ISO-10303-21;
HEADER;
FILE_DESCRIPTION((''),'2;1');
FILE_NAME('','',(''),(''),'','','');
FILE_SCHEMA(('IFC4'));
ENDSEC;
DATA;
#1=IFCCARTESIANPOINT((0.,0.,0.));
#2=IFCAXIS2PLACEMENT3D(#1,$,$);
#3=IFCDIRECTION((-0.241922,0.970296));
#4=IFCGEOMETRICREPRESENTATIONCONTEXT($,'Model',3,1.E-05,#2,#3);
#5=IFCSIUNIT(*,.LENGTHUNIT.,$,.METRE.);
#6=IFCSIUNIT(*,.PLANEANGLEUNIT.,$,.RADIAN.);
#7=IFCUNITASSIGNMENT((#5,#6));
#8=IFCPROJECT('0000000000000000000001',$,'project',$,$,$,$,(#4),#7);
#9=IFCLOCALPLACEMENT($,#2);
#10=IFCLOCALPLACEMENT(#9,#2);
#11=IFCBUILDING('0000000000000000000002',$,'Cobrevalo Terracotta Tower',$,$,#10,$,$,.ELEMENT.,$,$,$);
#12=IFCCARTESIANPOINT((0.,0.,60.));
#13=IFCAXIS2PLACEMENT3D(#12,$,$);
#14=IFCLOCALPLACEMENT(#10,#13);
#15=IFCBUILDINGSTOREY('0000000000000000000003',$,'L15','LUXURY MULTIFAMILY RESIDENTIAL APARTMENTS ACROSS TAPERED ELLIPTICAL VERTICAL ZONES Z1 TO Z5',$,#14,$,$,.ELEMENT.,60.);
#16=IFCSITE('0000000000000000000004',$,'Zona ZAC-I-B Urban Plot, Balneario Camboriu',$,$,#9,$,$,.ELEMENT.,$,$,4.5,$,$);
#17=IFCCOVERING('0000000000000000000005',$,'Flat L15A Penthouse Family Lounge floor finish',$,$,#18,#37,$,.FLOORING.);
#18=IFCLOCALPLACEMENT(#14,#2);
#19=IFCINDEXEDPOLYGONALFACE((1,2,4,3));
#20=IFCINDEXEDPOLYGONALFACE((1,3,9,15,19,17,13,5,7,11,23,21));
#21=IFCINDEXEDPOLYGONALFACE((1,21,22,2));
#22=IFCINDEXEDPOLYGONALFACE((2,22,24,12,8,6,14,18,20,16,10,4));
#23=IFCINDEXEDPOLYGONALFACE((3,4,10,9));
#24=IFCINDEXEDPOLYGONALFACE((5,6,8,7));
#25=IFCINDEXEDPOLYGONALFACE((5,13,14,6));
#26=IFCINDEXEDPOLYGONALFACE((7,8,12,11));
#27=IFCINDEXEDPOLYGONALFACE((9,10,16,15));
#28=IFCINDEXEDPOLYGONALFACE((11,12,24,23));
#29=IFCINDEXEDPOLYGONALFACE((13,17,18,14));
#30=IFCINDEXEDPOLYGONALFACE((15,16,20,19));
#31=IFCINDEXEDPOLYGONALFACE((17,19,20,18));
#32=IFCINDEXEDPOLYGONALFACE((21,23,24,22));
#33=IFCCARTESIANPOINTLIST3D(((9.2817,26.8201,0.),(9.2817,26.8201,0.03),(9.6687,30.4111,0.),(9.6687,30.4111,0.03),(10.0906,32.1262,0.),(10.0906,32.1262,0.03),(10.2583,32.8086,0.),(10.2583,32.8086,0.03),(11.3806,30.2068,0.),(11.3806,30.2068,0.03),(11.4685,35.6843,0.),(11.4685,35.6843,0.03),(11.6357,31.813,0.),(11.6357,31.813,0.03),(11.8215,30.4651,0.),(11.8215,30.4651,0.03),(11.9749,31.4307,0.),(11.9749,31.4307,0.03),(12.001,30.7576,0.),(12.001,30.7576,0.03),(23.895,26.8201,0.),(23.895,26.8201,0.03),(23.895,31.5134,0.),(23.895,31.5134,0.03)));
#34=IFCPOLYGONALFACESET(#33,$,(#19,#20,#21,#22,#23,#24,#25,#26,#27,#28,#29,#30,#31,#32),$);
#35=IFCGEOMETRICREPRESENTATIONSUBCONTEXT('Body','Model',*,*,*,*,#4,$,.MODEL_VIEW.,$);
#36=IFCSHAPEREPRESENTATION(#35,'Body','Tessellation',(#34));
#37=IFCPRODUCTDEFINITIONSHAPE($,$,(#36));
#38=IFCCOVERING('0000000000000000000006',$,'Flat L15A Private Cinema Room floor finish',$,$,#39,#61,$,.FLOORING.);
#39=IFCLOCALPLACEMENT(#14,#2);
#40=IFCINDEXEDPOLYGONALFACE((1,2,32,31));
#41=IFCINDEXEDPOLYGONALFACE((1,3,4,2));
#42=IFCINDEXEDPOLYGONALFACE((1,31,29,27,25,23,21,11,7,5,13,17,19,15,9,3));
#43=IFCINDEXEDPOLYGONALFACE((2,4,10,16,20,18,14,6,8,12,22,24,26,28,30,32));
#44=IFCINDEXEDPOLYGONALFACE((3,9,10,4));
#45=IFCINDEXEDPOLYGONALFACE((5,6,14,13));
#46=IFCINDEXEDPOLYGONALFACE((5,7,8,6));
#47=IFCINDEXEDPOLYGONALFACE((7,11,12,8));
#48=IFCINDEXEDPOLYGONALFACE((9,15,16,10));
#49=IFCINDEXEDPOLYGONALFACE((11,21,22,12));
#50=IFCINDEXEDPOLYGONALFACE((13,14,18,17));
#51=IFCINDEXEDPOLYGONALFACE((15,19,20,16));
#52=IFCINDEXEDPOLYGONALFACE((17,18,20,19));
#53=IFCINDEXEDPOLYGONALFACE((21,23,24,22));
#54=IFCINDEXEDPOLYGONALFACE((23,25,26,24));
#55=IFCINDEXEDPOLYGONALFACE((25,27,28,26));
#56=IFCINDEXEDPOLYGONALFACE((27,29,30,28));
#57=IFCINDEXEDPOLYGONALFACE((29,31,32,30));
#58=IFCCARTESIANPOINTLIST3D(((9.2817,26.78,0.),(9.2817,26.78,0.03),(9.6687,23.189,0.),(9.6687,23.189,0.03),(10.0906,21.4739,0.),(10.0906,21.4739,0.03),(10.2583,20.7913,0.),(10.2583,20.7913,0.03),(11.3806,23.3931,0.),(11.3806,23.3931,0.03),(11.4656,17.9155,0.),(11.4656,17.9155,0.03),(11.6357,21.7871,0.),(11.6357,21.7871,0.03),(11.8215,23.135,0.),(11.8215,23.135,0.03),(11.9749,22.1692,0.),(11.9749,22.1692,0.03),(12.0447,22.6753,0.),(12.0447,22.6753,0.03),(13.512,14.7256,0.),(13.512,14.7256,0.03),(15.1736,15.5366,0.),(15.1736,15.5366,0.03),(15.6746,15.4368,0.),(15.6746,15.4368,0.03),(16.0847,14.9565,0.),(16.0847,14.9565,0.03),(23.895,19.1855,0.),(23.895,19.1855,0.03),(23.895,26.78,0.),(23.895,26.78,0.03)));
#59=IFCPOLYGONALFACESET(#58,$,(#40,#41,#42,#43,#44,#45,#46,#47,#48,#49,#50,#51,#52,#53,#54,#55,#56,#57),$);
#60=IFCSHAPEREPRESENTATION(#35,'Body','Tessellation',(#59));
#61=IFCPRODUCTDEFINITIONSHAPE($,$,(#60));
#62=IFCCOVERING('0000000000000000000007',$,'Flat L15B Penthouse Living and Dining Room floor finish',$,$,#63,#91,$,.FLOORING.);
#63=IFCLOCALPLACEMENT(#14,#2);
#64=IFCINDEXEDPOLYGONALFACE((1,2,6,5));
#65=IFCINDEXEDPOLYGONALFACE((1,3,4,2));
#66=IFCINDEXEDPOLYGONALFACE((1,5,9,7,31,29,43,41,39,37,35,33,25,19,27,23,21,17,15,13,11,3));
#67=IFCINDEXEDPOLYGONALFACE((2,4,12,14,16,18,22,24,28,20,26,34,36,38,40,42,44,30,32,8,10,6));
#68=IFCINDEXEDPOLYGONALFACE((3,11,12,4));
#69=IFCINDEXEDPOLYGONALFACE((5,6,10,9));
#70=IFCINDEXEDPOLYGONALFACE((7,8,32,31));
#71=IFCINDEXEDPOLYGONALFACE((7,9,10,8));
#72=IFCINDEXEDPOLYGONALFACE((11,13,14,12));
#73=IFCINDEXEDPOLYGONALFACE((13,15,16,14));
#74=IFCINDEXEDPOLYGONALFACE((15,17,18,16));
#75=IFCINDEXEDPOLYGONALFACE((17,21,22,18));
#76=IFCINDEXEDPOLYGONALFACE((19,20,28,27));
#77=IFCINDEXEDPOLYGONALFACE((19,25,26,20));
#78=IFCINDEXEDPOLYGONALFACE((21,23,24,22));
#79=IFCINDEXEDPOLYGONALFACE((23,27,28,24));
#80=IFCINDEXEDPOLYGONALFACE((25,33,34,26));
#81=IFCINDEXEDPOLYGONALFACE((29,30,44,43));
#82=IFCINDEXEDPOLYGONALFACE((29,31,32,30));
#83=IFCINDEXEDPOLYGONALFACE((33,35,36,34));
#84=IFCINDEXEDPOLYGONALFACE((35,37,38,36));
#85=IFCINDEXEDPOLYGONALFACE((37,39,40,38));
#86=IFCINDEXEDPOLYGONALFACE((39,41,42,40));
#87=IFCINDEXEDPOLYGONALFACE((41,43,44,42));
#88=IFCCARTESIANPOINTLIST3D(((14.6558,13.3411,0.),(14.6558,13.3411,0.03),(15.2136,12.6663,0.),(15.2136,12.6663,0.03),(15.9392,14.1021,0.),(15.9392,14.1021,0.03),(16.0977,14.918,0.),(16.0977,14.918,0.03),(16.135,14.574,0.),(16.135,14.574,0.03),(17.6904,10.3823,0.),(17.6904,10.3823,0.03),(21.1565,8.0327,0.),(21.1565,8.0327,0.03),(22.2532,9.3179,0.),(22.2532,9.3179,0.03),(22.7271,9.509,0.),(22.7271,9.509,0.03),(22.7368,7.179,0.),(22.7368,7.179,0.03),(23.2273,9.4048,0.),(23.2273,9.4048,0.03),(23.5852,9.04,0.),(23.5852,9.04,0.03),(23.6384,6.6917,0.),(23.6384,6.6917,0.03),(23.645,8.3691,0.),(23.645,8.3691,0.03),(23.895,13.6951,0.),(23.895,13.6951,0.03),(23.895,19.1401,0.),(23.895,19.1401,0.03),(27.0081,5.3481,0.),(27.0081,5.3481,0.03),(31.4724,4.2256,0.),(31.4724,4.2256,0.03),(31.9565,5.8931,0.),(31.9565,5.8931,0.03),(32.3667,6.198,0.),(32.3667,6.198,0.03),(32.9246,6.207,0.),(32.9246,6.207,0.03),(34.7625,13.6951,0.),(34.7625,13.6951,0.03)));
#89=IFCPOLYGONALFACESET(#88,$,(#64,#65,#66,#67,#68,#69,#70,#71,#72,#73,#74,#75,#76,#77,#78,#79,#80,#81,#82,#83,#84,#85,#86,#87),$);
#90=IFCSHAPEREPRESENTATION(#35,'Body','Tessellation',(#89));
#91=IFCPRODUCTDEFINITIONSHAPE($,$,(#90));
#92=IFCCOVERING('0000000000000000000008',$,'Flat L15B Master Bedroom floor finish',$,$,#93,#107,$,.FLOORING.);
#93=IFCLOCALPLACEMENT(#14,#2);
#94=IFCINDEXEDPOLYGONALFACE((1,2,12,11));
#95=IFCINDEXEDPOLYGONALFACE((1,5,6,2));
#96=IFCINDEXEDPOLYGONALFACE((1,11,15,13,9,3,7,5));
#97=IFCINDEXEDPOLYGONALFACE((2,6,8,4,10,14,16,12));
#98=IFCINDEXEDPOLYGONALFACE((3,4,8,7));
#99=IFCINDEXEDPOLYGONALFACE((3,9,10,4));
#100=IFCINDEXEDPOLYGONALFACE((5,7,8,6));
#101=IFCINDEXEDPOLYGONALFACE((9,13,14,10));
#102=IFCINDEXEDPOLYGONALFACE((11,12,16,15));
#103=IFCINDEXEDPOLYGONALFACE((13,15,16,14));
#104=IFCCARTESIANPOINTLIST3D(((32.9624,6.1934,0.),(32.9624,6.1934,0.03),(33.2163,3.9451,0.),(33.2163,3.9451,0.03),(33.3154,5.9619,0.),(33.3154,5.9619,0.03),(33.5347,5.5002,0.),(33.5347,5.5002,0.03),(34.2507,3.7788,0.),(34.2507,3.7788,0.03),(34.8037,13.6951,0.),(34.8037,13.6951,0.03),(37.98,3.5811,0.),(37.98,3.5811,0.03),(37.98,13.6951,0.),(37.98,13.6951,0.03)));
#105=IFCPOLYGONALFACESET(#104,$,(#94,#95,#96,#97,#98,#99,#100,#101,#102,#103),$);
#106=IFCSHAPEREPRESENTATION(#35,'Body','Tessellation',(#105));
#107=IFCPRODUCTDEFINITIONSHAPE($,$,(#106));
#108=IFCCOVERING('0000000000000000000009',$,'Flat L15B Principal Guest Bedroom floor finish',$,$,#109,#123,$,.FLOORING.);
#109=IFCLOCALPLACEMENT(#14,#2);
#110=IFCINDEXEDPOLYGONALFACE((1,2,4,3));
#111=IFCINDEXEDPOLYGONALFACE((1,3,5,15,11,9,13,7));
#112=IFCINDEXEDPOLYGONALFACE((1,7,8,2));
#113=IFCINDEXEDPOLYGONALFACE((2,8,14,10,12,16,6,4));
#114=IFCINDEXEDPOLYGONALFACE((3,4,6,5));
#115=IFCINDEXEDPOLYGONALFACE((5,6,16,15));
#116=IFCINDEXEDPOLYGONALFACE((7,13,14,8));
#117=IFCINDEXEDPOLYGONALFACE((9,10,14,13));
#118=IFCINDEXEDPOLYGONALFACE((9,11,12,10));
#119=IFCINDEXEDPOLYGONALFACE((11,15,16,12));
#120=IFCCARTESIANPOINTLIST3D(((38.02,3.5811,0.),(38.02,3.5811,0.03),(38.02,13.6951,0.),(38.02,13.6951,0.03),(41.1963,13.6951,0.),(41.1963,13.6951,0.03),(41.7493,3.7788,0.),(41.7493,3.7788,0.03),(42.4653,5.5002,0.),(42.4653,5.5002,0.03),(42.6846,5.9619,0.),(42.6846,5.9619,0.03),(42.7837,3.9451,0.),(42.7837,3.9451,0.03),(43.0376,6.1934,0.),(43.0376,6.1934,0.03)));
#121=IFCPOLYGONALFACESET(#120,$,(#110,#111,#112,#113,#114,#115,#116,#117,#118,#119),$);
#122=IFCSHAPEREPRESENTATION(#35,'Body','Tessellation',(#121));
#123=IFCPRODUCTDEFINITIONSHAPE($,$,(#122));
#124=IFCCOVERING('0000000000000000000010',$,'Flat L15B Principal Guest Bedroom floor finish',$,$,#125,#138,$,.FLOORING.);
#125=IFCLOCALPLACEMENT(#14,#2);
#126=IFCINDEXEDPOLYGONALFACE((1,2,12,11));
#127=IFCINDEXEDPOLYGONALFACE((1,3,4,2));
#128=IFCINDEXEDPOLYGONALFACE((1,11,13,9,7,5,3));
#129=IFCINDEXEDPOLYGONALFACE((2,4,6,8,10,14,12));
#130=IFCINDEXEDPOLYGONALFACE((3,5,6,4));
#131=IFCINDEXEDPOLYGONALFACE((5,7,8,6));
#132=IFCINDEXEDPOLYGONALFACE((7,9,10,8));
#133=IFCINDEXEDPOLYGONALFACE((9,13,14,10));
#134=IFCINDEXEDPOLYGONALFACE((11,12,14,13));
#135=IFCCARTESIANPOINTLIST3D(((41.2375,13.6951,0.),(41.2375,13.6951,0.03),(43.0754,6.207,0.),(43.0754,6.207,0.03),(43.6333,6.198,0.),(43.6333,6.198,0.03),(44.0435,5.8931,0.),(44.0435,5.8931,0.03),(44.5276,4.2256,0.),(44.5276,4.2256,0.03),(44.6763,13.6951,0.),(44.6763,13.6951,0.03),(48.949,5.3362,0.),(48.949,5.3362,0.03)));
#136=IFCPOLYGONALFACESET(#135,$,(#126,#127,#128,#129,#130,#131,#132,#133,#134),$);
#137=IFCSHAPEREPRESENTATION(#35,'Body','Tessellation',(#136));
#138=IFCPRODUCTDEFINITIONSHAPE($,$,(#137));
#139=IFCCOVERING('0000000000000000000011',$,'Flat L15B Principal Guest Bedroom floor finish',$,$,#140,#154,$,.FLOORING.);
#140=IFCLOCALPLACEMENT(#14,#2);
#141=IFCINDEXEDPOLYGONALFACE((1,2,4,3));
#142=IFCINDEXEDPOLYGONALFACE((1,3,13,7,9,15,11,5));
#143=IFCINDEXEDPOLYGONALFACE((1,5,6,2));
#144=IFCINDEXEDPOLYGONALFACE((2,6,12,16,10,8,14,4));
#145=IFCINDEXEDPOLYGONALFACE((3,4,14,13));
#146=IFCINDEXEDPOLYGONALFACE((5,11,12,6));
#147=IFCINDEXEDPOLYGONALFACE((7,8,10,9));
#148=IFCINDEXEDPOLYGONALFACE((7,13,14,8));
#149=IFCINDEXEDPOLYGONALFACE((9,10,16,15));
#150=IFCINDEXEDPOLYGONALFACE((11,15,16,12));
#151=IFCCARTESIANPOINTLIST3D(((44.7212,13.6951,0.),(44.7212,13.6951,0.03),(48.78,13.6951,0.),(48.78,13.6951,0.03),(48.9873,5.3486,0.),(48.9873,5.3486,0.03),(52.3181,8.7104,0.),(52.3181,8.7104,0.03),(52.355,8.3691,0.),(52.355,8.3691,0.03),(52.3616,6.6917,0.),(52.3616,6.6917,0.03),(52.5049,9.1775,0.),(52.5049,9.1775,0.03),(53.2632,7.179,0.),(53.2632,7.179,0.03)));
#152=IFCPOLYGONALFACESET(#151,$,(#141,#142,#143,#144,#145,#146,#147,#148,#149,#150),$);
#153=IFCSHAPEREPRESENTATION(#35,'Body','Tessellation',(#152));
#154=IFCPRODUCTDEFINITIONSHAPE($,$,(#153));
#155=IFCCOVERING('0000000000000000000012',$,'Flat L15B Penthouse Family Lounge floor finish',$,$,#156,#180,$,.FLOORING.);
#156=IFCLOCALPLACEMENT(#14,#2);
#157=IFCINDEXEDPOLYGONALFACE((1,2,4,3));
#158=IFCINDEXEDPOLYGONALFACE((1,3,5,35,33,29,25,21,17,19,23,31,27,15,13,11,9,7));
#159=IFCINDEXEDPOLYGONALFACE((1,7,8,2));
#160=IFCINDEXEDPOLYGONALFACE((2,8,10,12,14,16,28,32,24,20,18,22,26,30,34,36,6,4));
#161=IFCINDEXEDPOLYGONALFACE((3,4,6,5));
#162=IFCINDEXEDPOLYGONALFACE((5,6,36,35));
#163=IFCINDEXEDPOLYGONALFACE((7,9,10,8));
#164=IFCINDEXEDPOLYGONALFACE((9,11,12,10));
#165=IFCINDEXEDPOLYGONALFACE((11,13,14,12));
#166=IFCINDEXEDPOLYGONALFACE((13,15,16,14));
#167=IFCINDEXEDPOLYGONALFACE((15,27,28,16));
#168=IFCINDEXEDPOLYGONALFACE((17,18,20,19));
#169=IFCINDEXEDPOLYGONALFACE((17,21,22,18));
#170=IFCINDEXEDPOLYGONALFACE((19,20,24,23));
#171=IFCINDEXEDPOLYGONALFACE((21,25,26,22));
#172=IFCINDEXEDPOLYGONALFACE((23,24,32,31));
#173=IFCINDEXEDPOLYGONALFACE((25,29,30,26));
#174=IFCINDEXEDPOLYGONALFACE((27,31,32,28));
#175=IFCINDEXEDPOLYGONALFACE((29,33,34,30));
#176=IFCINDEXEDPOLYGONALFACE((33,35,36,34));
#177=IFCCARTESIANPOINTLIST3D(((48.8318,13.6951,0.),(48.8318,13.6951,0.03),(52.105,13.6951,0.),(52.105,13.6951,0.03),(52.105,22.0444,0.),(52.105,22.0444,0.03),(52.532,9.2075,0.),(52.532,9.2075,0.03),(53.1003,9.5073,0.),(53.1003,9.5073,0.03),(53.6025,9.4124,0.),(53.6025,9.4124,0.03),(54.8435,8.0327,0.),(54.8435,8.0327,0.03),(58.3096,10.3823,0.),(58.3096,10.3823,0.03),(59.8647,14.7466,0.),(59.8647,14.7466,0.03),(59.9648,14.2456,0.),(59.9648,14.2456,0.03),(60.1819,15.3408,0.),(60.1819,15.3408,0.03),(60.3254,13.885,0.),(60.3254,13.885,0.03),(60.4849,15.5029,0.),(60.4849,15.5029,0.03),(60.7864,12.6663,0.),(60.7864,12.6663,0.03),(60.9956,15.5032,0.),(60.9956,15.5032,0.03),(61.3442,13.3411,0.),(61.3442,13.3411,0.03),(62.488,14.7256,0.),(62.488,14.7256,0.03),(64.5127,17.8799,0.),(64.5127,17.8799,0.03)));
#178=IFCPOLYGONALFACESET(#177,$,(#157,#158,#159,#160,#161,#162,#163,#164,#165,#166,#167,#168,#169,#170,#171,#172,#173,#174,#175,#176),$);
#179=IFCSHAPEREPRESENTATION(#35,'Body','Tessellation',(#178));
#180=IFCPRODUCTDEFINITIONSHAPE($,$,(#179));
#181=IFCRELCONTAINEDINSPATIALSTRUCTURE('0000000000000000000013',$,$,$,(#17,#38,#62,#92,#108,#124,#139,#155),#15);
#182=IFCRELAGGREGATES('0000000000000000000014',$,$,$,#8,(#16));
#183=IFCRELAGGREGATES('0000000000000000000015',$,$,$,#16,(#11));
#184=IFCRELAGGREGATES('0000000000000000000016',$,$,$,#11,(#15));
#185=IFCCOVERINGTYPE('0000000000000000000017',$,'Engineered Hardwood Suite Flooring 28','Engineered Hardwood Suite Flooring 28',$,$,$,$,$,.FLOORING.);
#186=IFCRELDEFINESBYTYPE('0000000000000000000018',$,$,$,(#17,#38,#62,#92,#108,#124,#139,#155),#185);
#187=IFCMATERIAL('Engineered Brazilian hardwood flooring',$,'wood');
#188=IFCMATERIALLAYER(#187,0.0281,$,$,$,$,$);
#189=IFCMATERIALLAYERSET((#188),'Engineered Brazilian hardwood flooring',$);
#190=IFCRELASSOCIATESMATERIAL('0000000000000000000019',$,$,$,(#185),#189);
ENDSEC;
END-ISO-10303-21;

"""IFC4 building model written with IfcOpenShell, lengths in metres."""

from ifc_helpers import new_model, si_unit, direction, frame, origin, place, context, subcontext, project, spatial, polyline, outline, extrude, material, layer, layer_set, type_object, element, save


model = new_model("IFC4")

# Units and contexts
model_context = context("Model", 3, precision=1e-05, world=origin(), true_north=direction((-0.241922, 0.970296)))
body_context = subcontext(model_context, "Body", "Model", "MODEL_VIEW")
ifc_project = project(units=[si_unit("LENGTHUNIT", "METRE"), si_unit("PLANEANGLEUNIT", "RADIAN")], contexts=[model_context])

# Site, building, storey
site_placement = place(None, origin())
site = spatial("IfcSite", under=ifc_project, at=site_placement, Name="Zona ZAC-I-B Urban Plot, Balneario Camboriu", CompositionType="ELEMENT", RefElevation=4.5)
building_placement = place(site_placement, origin())
building = spatial("IfcBuilding", under=site, at=building_placement, Name="Cobrevalo Terracotta Tower", CompositionType="ELEMENT")
storey_placement = place(building_placement, frame((0.0, 0.0, 60.0)))
storey = spatial("IfcBuildingStorey", under=building, at=storey_placement, Name="L15", Description="LUXURY MULTIFAMILY RESIDENTIAL APARTMENTS ACROSS TAPERED ELLIPTICAL VERTICAL ZONES Z1 TO Z5", CompositionType="ELEMENT", Elevation=60.0)

# Coverings
ifc_material_1 = material(Name="Engineered Brazilian hardwood flooring", Category="wood")
ifc_layer_1 = layer(ifc_material_1, 0.0281)
ifc_layer_set_1 = layer_set([ifc_layer_1], Name="Engineered Brazilian hardwood flooring")
covering_type_1 = type_object("IfcCoveringType", Name="Engineered Hardwood Suite Flooring 28", Description="Engineered Hardwood Suite Flooring 28", PredefinedType="FLOORING", material=ifc_layer_set_1)
covering_1_placement = place(storey_placement, origin())
element("IfcCovering", 1, at=covering_1_placement, inside=storey, type_object=covering_type_1, Name="Flat L15A Penthouse Family Lounge floor finish", PredefinedType="FLOORING", context=body_context, shape_type="SweptSolid", body=[
    extrude(outline(polyline([(9.6687, 30.4111), (11.3806, 30.2068), (11.8215, 30.4651), (12.001, 30.7576), (11.9749, 31.4307), (11.6357, 31.813), (10.0906, 32.1262), (10.2583, 32.8086), (11.4685, 35.6843), (23.895, 31.5134), (23.895, 26.8201), (9.2817, 26.8201), (9.6687, 30.4111)])), origin(), (0.0, 0.0, 1.0), 0.03),
])
covering_2_placement = place(storey_placement, origin())
element("IfcCovering", 2, at=covering_2_placement, inside=storey, type_object=covering_type_1, Name="Flat L15A Private Cinema Room floor finish", PredefinedType="FLOORING", context=body_context, shape_type="SweptSolid", body=[
    extrude(outline(polyline([(10.0906, 21.4739), (11.6357, 21.7871), (11.9749, 22.1692), (12.0447, 22.6753), (11.8215, 23.135), (11.3806, 23.3931), (9.6687, 23.189), (9.2817, 26.78), (23.895, 26.78), (23.895, 19.1855), (16.0847, 14.9565), (15.6746, 15.4368), (15.1736, 15.5366), (13.512, 14.7256), (11.4656, 17.9155), (10.2583, 20.7913), (10.0906, 21.4739)])), origin(), (0.0, 0.0, 1.0), 0.03),
])
covering_3_placement = place(storey_placement, origin())
element("IfcCovering", 3, at=covering_3_placement, inside=storey, type_object=covering_type_1, Name="Flat L15B Penthouse Living and Dining Room floor finish", PredefinedType="FLOORING", context=body_context, shape_type="SweptSolid", body=[
    extrude(outline(polyline([(27.0081, 5.3481), (23.6384, 6.6917), (22.7368, 7.179), (23.645, 8.3691), (23.5852, 9.04), (23.2273, 9.4048), (22.7271, 9.509), (22.2532, 9.3179), (21.1565, 8.0327), (17.6904, 10.3823), (15.2136, 12.6663), (14.6558, 13.3411), (15.9392, 14.1021), (16.135, 14.574), (16.0977, 14.918), (23.895, 19.1401), (23.895, 13.6951), (34.7625, 13.6951), (32.9246, 6.207), (32.3667, 6.198), (31.9565, 5.8931), (31.4724, 4.2256), (27.0081, 5.3481)])), origin(), (0.0, 0.0, 1.0), 0.03),
])
covering_4_placement = place(storey_placement, origin())
element("IfcCovering", 4, at=covering_4_placement, inside=storey, type_object=covering_type_1, Name="Flat L15B Master Bedroom floor finish", PredefinedType="FLOORING", context=body_context, shape_type="SweptSolid", body=[
    extrude(outline(polyline([(33.2163, 3.9451), (33.5347, 5.5002), (33.3154, 5.9619), (32.9624, 6.1934), (34.8037, 13.6951), (37.98, 13.6951), (37.98, 3.5811), (34.2507, 3.7788), (33.2163, 3.9451)])), origin(), (0.0, 0.0, 1.0), 0.03),
])
covering_5_placement = place(storey_placement, origin())
element("IfcCovering", 5, at=covering_5_placement, inside=storey, type_object=covering_type_1, Name="Flat L15B Principal Guest Bedroom floor finish", PredefinedType="FLOORING", context=body_context, shape_type="SweptSolid", body=[
    extrude(outline(polyline([(38.02, 3.5811), (38.02, 13.6951), (41.1963, 13.6951), (43.0376, 6.1934), (42.6846, 5.9619), (42.4653, 5.5002), (42.7837, 3.9451), (41.7493, 3.7788), (38.02, 3.5811)])), origin(), (0.0, 0.0, 1.0), 0.03),
])
covering_6_placement = place(storey_placement, origin())
element("IfcCovering", 6, at=covering_6_placement, inside=storey, type_object=covering_type_1, Name="Flat L15B Principal Guest Bedroom floor finish", PredefinedType="FLOORING", context=body_context, shape_type="SweptSolid", body=[
    extrude(outline(polyline([(44.5276, 4.2256), (44.0435, 5.8931), (43.6333, 6.198), (43.0754, 6.207), (41.2375, 13.6951), (44.6763, 13.6951), (48.949, 5.3362), (44.5276, 4.2256)])), origin(), (0.0, 0.0, 1.0), 0.03),
])
covering_7_placement = place(storey_placement, origin())
element("IfcCovering", 7, at=covering_7_placement, inside=storey, type_object=covering_type_1, Name="Flat L15B Principal Guest Bedroom floor finish", PredefinedType="FLOORING", context=body_context, shape_type="SweptSolid", body=[
    extrude(outline(polyline([(48.9873, 5.3486), (44.7212, 13.6951), (48.78, 13.6951), (52.5049, 9.1775), (52.3181, 8.7104), (52.355, 8.3691), (53.2632, 7.179), (52.3616, 6.6917), (48.9873, 5.3486)])), origin(), (0.0, 0.0, 1.0), 0.03),
])
covering_8_placement = place(storey_placement, origin())
element("IfcCovering", 8, at=covering_8_placement, inside=storey, type_object=covering_type_1, Name="Flat L15B Penthouse Family Lounge floor finish", PredefinedType="FLOORING", context=body_context, shape_type="SweptSolid", body=[
    extrude(outline(polyline([(62.488, 14.7256), (60.9956, 15.5032), (60.4849, 15.5029), (60.1819, 15.3408), (59.8647, 14.7466), (59.9648, 14.2456), (60.3254, 13.885), (61.3442, 13.3411), (60.7864, 12.6663), (58.3096, 10.3823), (54.8435, 8.0327), (53.6025, 9.4124), (53.1003, 9.5073), (52.532, 9.2075), (48.8318, 13.6951), (52.105, 13.6951), (52.105, 22.0444), (64.5127, 17.8799), (62.488, 14.7256)])), origin(), (0.0, 0.0, 1.0), 0.03),
])

save(model, "model.ifc")
